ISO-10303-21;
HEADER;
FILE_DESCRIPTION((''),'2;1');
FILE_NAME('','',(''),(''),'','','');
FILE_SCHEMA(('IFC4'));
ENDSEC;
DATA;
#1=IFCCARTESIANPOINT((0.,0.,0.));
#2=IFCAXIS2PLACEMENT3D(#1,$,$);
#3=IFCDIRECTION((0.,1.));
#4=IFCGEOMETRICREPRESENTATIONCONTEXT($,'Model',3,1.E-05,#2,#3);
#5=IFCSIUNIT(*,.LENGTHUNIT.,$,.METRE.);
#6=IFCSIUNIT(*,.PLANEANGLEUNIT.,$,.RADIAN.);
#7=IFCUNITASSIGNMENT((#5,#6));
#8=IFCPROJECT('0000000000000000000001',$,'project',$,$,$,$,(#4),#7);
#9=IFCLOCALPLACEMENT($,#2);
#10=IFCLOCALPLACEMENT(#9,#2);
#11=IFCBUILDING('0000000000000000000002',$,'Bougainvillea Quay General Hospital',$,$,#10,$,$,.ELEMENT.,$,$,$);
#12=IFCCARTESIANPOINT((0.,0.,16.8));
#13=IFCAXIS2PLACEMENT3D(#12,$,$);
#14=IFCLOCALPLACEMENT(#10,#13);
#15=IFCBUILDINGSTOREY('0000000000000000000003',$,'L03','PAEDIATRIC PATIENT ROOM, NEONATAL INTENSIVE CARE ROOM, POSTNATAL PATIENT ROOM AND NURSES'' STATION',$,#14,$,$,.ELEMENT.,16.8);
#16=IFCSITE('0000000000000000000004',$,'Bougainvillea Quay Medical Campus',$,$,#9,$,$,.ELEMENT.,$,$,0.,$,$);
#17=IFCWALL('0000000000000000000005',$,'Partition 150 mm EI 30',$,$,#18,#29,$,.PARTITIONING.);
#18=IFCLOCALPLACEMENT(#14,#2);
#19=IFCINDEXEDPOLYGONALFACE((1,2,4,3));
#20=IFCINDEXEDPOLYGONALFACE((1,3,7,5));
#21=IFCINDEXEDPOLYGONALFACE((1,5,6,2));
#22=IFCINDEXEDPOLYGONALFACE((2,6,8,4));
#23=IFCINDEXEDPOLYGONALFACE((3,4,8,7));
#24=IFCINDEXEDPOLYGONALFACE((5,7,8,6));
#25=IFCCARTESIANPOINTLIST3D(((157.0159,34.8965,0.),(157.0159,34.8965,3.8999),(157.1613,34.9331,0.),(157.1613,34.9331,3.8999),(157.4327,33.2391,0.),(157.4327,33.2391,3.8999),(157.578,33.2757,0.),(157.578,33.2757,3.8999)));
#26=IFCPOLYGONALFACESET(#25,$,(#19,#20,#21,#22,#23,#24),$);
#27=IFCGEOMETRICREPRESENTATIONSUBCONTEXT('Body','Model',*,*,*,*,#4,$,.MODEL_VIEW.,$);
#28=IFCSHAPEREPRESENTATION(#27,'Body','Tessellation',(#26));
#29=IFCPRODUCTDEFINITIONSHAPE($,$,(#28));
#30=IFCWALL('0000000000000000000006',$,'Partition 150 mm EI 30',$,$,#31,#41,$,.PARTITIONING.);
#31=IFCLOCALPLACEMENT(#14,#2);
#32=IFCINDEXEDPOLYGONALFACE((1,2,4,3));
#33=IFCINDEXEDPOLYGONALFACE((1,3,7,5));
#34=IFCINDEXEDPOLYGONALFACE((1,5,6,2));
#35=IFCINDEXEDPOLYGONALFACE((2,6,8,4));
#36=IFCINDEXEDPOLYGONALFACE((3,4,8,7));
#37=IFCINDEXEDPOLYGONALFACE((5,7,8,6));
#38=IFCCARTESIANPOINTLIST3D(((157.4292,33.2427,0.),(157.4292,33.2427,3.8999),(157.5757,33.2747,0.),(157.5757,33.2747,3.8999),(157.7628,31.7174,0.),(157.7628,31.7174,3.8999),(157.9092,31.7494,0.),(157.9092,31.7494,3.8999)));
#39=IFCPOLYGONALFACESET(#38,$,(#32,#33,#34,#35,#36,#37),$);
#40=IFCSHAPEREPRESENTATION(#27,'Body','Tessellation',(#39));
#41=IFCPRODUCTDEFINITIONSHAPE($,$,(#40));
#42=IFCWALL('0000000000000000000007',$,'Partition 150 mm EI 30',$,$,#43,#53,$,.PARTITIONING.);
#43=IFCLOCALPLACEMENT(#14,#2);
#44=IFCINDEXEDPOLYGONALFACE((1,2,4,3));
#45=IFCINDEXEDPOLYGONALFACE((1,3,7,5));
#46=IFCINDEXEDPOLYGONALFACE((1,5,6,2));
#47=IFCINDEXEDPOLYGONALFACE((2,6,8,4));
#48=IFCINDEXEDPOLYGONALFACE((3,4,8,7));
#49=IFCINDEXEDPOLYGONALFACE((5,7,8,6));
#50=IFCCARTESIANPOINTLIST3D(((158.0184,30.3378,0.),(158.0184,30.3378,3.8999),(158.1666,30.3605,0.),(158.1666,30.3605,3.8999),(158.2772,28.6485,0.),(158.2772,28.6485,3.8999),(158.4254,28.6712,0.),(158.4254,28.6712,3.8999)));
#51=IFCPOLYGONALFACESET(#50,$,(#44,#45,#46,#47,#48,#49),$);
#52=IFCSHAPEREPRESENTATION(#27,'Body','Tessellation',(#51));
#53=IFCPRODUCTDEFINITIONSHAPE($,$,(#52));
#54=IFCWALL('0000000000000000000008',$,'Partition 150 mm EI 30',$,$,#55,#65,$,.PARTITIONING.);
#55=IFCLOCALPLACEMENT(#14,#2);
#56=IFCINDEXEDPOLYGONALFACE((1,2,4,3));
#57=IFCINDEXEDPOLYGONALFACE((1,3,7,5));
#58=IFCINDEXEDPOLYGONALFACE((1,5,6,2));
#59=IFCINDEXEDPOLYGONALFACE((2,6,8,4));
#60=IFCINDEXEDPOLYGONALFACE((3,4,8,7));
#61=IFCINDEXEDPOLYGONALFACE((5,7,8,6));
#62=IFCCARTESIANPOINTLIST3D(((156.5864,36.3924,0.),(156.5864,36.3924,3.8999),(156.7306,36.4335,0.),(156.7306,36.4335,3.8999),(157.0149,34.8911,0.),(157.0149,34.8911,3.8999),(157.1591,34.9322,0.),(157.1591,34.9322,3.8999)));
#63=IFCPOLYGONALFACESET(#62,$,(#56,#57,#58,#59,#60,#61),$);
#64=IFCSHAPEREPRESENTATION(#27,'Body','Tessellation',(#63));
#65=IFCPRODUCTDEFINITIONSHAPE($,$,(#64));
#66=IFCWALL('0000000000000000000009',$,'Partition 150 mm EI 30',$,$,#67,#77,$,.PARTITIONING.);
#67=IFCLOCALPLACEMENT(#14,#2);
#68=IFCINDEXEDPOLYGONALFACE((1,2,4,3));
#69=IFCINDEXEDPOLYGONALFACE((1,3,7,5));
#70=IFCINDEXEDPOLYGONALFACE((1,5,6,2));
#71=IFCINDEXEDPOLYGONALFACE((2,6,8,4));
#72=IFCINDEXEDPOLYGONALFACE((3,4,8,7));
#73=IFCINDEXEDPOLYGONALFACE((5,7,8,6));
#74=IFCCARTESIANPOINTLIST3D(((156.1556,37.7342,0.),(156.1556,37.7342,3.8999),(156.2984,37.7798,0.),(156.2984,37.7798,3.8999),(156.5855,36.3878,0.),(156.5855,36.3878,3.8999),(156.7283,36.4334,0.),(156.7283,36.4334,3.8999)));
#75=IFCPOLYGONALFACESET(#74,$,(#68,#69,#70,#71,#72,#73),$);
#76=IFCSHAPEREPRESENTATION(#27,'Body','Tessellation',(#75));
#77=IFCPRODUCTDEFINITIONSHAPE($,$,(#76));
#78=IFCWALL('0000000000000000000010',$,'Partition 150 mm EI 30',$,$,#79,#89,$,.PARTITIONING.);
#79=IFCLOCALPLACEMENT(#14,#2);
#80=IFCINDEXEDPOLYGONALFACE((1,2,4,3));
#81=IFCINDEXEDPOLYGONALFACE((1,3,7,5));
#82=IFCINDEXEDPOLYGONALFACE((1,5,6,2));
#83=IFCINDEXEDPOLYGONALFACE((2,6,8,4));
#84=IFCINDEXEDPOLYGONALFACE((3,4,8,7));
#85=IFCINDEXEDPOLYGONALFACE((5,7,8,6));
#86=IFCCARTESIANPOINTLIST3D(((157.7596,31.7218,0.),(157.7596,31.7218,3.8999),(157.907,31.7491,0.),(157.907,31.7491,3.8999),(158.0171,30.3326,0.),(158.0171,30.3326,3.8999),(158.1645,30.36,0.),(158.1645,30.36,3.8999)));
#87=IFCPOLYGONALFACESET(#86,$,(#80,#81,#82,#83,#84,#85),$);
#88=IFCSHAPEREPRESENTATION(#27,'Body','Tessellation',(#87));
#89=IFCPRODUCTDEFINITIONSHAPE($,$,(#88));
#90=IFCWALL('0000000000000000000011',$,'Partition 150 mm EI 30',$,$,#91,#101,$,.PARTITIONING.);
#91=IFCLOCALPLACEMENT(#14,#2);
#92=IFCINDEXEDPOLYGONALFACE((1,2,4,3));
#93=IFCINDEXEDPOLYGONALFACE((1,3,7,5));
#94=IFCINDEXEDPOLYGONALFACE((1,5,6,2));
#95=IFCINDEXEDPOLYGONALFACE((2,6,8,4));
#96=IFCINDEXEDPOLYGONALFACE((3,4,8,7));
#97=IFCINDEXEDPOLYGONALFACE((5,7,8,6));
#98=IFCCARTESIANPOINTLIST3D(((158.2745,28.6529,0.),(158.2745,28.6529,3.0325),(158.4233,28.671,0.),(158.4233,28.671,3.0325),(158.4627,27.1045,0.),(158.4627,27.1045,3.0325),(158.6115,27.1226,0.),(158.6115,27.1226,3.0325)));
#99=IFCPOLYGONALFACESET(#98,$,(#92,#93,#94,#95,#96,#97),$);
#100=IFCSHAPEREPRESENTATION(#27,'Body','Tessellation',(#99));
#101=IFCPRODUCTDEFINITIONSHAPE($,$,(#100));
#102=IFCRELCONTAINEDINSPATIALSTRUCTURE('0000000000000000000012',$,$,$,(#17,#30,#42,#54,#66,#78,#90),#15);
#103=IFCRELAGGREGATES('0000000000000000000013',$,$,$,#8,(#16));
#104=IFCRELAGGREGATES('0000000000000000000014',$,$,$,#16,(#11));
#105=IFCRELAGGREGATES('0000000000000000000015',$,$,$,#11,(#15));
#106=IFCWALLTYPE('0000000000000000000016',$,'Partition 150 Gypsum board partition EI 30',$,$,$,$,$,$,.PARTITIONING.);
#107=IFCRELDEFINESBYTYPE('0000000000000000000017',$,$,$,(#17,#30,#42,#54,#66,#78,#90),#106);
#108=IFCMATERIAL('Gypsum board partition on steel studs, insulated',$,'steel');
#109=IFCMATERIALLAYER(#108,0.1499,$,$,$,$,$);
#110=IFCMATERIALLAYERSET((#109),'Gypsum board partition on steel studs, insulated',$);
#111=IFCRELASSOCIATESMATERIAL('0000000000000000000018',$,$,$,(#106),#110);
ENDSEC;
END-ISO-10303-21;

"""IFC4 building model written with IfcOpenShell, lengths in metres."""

from ifc_helpers import new_model, si_unit, direction, frame, frame_2d, origin, place, context, subcontext, project, spatial, rectangle, extrude, material, layer, layer_set, type_object, element, save


model = new_model("IFC4")

# Units and contexts
model_context = context("Model", 3, precision=1e-05, world=origin(), true_north=direction((0.0, 1.0)))
body_context = subcontext(model_context, "Body", "Model", "MODEL_VIEW")
ifc_project = project(units=[si_unit("LENGTHUNIT", "METRE"), si_unit("PLANEANGLEUNIT", "RADIAN")], contexts=[model_context])

# Site, building, storey
site_placement = place(None, origin())
site = spatial("IfcSite", under=ifc_project, at=site_placement, Name="Bougainvillea Quay Medical Campus", CompositionType="ELEMENT", RefElevation=0.0)
building_placement = place(site_placement, origin())
building = spatial("IfcBuilding", under=site, at=building_placement, Name="Bougainvillea Quay General Hospital", CompositionType="ELEMENT")
storey_placement = place(building_placement, frame((0.0, 0.0, 16.8)))
storey = spatial("IfcBuildingStorey", under=building, at=storey_placement, Name="L03", Description="PAEDIATRIC PATIENT ROOM, NEONATAL INTENSIVE CARE ROOM, POSTNATAL PATIENT ROOM AND NURSES' STATION", CompositionType="ELEMENT", Elevation=16.8)

# Walls
ifc_material_1 = material(Name="Gypsum board partition on steel studs, insulated", Category="steel")
ifc_layer_1 = layer(ifc_material_1, 0.1499)
ifc_layer_set_1 = layer_set([ifc_layer_1], Name="Gypsum board partition on steel studs, insulated")
wall_type_1 = type_object("IfcWallType", Name="Partition 150 Gypsum board partition EI 30", PredefinedType="PARTITIONING", material=ifc_layer_set_1)
wall_1_placement = place(storey_placement, frame((157.0886, 34.9148, 0.0), z_axis=(0.0, 0.0, 1.0), x_axis=(0.243846, -0.969814, 0.0)))
element("IfcWall", 1, at=wall_1_placement, inside=storey, type_object=wall_type_1, Name="Partition 150 mm EI 30", PredefinedType="PARTITIONING", context=body_context, shape_type="SweptSolid", body=[
    extrude(rectangle(XDim=1.709, YDim=0.1499, at=frame_2d((0.8545, 0.0))), origin(), (0.0, 0.0, 1.0), 3.8999),
])
wall_2_placement = place(storey_placement, frame((157.5024, 33.2588, 0.0), z_axis=(0.0, 0.0, 1.0), x_axis=(0.213618, -0.976917, 0.0)))
element("IfcWall", 2, at=wall_2_placement, inside=storey, type_object=wall_type_1, Name="Partition 150 mm EI 30", PredefinedType="PARTITIONING", context=body_context, shape_type="SweptSolid", body=[
    extrude(rectangle(XDim=1.5613, YDim=0.1499, at=frame_2d((0.7808, 0.0))), origin(), (0.0, 0.0, 1.0), 3.8999),
])
wall_3_placement = place(storey_placement, frame((158.0925, 30.3491, 0.0), z_axis=(0.0, 0.0, 1.0), x_axis=(0.151435, -0.988467, 0.0)))
element("IfcWall", 3, at=wall_3_placement, inside=storey, type_object=wall_type_1, Name="Partition 150 mm EI 30", PredefinedType="PARTITIONING", context=body_context, shape_type="SweptSolid", body=[
    extrude(rectangle(XDim=1.709, YDim=0.1499, at=frame_2d((0.8545, 0.0))), origin(), (0.0, 0.0, 1.0), 3.8999),
])
wall_4_placement = place(storey_placement, frame((156.6584, 36.4131, 0.0), z_axis=(0.0, 0.0, 1.0), x_axis=(0.274453, -0.961601, 0.0)))
element("IfcWall", 4, at=wall_4_placement, inside=storey, type_object=wall_type_1, Name="Partition 150 mm EI 30", PredefinedType="PARTITIONING", context=body_context, shape_type="SweptSolid", body=[
    extrude(rectangle(XDim=1.5613, YDim=0.1499, at=frame_2d((0.7808, 0.0))), origin(), (0.0, 0.0, 1.0), 3.8999),
])
wall_5_placement = place(storey_placement, frame((156.2271, 37.7568, 0.0), z_axis=(0.0, 0.0, 1.0), x_axis=(0.30418, -0.952614, 0.0)))
element("IfcWall", 5, at=wall_5_placement, inside=storey, type_object=wall_type_1, Name="Partition 150 mm EI 30", PredefinedType="PARTITIONING", context=body_context, shape_type="SweptSolid", body=[
    extrude(rectangle(XDim=1.4133, YDim=0.1499, at=frame_2d((0.7065, 0.0))), origin(), (0.0, 0.0, 1.0), 3.8999),
])
wall_6_placement = place(storey_placement, frame((157.8333, 31.7356, 0.0), z_axis=(0.0, 0.0, 1.0), x_axis=(0.182306, -0.983242, 0.0)))
element("IfcWall", 6, at=wall_6_placement, inside=storey, type_object=wall_type_1, Name="Partition 150 mm EI 30", PredefinedType="PARTITIONING", context=body_context, shape_type="SweptSolid", body=[
    extrude(rectangle(XDim=1.4128, YDim=0.1499, at=frame_2d((0.7065, 0.0))), origin(), (0.0, 0.0, 1.0), 3.8999),
])
wall_7_placement = place(storey_placement, frame((158.3489, 28.6619, 0.0), z_axis=(0.0, 0.0, 1.0), x_axis=(0.120682, -0.992691, 0.0)))
element("IfcWall", 7, at=wall_7_placement, inside=storey, type_object=wall_type_1, Name="Partition 150 mm EI 30", PredefinedType="PARTITIONING", context=body_context, shape_type="SweptSolid", body=[
    extrude(rectangle(XDim=1.5598, YDim=0.1499, at=frame_2d((0.7798, 0.0))), origin(), (0.0, 0.0, 1.0), 3.0325),
])

save(model, "model.ifc")
